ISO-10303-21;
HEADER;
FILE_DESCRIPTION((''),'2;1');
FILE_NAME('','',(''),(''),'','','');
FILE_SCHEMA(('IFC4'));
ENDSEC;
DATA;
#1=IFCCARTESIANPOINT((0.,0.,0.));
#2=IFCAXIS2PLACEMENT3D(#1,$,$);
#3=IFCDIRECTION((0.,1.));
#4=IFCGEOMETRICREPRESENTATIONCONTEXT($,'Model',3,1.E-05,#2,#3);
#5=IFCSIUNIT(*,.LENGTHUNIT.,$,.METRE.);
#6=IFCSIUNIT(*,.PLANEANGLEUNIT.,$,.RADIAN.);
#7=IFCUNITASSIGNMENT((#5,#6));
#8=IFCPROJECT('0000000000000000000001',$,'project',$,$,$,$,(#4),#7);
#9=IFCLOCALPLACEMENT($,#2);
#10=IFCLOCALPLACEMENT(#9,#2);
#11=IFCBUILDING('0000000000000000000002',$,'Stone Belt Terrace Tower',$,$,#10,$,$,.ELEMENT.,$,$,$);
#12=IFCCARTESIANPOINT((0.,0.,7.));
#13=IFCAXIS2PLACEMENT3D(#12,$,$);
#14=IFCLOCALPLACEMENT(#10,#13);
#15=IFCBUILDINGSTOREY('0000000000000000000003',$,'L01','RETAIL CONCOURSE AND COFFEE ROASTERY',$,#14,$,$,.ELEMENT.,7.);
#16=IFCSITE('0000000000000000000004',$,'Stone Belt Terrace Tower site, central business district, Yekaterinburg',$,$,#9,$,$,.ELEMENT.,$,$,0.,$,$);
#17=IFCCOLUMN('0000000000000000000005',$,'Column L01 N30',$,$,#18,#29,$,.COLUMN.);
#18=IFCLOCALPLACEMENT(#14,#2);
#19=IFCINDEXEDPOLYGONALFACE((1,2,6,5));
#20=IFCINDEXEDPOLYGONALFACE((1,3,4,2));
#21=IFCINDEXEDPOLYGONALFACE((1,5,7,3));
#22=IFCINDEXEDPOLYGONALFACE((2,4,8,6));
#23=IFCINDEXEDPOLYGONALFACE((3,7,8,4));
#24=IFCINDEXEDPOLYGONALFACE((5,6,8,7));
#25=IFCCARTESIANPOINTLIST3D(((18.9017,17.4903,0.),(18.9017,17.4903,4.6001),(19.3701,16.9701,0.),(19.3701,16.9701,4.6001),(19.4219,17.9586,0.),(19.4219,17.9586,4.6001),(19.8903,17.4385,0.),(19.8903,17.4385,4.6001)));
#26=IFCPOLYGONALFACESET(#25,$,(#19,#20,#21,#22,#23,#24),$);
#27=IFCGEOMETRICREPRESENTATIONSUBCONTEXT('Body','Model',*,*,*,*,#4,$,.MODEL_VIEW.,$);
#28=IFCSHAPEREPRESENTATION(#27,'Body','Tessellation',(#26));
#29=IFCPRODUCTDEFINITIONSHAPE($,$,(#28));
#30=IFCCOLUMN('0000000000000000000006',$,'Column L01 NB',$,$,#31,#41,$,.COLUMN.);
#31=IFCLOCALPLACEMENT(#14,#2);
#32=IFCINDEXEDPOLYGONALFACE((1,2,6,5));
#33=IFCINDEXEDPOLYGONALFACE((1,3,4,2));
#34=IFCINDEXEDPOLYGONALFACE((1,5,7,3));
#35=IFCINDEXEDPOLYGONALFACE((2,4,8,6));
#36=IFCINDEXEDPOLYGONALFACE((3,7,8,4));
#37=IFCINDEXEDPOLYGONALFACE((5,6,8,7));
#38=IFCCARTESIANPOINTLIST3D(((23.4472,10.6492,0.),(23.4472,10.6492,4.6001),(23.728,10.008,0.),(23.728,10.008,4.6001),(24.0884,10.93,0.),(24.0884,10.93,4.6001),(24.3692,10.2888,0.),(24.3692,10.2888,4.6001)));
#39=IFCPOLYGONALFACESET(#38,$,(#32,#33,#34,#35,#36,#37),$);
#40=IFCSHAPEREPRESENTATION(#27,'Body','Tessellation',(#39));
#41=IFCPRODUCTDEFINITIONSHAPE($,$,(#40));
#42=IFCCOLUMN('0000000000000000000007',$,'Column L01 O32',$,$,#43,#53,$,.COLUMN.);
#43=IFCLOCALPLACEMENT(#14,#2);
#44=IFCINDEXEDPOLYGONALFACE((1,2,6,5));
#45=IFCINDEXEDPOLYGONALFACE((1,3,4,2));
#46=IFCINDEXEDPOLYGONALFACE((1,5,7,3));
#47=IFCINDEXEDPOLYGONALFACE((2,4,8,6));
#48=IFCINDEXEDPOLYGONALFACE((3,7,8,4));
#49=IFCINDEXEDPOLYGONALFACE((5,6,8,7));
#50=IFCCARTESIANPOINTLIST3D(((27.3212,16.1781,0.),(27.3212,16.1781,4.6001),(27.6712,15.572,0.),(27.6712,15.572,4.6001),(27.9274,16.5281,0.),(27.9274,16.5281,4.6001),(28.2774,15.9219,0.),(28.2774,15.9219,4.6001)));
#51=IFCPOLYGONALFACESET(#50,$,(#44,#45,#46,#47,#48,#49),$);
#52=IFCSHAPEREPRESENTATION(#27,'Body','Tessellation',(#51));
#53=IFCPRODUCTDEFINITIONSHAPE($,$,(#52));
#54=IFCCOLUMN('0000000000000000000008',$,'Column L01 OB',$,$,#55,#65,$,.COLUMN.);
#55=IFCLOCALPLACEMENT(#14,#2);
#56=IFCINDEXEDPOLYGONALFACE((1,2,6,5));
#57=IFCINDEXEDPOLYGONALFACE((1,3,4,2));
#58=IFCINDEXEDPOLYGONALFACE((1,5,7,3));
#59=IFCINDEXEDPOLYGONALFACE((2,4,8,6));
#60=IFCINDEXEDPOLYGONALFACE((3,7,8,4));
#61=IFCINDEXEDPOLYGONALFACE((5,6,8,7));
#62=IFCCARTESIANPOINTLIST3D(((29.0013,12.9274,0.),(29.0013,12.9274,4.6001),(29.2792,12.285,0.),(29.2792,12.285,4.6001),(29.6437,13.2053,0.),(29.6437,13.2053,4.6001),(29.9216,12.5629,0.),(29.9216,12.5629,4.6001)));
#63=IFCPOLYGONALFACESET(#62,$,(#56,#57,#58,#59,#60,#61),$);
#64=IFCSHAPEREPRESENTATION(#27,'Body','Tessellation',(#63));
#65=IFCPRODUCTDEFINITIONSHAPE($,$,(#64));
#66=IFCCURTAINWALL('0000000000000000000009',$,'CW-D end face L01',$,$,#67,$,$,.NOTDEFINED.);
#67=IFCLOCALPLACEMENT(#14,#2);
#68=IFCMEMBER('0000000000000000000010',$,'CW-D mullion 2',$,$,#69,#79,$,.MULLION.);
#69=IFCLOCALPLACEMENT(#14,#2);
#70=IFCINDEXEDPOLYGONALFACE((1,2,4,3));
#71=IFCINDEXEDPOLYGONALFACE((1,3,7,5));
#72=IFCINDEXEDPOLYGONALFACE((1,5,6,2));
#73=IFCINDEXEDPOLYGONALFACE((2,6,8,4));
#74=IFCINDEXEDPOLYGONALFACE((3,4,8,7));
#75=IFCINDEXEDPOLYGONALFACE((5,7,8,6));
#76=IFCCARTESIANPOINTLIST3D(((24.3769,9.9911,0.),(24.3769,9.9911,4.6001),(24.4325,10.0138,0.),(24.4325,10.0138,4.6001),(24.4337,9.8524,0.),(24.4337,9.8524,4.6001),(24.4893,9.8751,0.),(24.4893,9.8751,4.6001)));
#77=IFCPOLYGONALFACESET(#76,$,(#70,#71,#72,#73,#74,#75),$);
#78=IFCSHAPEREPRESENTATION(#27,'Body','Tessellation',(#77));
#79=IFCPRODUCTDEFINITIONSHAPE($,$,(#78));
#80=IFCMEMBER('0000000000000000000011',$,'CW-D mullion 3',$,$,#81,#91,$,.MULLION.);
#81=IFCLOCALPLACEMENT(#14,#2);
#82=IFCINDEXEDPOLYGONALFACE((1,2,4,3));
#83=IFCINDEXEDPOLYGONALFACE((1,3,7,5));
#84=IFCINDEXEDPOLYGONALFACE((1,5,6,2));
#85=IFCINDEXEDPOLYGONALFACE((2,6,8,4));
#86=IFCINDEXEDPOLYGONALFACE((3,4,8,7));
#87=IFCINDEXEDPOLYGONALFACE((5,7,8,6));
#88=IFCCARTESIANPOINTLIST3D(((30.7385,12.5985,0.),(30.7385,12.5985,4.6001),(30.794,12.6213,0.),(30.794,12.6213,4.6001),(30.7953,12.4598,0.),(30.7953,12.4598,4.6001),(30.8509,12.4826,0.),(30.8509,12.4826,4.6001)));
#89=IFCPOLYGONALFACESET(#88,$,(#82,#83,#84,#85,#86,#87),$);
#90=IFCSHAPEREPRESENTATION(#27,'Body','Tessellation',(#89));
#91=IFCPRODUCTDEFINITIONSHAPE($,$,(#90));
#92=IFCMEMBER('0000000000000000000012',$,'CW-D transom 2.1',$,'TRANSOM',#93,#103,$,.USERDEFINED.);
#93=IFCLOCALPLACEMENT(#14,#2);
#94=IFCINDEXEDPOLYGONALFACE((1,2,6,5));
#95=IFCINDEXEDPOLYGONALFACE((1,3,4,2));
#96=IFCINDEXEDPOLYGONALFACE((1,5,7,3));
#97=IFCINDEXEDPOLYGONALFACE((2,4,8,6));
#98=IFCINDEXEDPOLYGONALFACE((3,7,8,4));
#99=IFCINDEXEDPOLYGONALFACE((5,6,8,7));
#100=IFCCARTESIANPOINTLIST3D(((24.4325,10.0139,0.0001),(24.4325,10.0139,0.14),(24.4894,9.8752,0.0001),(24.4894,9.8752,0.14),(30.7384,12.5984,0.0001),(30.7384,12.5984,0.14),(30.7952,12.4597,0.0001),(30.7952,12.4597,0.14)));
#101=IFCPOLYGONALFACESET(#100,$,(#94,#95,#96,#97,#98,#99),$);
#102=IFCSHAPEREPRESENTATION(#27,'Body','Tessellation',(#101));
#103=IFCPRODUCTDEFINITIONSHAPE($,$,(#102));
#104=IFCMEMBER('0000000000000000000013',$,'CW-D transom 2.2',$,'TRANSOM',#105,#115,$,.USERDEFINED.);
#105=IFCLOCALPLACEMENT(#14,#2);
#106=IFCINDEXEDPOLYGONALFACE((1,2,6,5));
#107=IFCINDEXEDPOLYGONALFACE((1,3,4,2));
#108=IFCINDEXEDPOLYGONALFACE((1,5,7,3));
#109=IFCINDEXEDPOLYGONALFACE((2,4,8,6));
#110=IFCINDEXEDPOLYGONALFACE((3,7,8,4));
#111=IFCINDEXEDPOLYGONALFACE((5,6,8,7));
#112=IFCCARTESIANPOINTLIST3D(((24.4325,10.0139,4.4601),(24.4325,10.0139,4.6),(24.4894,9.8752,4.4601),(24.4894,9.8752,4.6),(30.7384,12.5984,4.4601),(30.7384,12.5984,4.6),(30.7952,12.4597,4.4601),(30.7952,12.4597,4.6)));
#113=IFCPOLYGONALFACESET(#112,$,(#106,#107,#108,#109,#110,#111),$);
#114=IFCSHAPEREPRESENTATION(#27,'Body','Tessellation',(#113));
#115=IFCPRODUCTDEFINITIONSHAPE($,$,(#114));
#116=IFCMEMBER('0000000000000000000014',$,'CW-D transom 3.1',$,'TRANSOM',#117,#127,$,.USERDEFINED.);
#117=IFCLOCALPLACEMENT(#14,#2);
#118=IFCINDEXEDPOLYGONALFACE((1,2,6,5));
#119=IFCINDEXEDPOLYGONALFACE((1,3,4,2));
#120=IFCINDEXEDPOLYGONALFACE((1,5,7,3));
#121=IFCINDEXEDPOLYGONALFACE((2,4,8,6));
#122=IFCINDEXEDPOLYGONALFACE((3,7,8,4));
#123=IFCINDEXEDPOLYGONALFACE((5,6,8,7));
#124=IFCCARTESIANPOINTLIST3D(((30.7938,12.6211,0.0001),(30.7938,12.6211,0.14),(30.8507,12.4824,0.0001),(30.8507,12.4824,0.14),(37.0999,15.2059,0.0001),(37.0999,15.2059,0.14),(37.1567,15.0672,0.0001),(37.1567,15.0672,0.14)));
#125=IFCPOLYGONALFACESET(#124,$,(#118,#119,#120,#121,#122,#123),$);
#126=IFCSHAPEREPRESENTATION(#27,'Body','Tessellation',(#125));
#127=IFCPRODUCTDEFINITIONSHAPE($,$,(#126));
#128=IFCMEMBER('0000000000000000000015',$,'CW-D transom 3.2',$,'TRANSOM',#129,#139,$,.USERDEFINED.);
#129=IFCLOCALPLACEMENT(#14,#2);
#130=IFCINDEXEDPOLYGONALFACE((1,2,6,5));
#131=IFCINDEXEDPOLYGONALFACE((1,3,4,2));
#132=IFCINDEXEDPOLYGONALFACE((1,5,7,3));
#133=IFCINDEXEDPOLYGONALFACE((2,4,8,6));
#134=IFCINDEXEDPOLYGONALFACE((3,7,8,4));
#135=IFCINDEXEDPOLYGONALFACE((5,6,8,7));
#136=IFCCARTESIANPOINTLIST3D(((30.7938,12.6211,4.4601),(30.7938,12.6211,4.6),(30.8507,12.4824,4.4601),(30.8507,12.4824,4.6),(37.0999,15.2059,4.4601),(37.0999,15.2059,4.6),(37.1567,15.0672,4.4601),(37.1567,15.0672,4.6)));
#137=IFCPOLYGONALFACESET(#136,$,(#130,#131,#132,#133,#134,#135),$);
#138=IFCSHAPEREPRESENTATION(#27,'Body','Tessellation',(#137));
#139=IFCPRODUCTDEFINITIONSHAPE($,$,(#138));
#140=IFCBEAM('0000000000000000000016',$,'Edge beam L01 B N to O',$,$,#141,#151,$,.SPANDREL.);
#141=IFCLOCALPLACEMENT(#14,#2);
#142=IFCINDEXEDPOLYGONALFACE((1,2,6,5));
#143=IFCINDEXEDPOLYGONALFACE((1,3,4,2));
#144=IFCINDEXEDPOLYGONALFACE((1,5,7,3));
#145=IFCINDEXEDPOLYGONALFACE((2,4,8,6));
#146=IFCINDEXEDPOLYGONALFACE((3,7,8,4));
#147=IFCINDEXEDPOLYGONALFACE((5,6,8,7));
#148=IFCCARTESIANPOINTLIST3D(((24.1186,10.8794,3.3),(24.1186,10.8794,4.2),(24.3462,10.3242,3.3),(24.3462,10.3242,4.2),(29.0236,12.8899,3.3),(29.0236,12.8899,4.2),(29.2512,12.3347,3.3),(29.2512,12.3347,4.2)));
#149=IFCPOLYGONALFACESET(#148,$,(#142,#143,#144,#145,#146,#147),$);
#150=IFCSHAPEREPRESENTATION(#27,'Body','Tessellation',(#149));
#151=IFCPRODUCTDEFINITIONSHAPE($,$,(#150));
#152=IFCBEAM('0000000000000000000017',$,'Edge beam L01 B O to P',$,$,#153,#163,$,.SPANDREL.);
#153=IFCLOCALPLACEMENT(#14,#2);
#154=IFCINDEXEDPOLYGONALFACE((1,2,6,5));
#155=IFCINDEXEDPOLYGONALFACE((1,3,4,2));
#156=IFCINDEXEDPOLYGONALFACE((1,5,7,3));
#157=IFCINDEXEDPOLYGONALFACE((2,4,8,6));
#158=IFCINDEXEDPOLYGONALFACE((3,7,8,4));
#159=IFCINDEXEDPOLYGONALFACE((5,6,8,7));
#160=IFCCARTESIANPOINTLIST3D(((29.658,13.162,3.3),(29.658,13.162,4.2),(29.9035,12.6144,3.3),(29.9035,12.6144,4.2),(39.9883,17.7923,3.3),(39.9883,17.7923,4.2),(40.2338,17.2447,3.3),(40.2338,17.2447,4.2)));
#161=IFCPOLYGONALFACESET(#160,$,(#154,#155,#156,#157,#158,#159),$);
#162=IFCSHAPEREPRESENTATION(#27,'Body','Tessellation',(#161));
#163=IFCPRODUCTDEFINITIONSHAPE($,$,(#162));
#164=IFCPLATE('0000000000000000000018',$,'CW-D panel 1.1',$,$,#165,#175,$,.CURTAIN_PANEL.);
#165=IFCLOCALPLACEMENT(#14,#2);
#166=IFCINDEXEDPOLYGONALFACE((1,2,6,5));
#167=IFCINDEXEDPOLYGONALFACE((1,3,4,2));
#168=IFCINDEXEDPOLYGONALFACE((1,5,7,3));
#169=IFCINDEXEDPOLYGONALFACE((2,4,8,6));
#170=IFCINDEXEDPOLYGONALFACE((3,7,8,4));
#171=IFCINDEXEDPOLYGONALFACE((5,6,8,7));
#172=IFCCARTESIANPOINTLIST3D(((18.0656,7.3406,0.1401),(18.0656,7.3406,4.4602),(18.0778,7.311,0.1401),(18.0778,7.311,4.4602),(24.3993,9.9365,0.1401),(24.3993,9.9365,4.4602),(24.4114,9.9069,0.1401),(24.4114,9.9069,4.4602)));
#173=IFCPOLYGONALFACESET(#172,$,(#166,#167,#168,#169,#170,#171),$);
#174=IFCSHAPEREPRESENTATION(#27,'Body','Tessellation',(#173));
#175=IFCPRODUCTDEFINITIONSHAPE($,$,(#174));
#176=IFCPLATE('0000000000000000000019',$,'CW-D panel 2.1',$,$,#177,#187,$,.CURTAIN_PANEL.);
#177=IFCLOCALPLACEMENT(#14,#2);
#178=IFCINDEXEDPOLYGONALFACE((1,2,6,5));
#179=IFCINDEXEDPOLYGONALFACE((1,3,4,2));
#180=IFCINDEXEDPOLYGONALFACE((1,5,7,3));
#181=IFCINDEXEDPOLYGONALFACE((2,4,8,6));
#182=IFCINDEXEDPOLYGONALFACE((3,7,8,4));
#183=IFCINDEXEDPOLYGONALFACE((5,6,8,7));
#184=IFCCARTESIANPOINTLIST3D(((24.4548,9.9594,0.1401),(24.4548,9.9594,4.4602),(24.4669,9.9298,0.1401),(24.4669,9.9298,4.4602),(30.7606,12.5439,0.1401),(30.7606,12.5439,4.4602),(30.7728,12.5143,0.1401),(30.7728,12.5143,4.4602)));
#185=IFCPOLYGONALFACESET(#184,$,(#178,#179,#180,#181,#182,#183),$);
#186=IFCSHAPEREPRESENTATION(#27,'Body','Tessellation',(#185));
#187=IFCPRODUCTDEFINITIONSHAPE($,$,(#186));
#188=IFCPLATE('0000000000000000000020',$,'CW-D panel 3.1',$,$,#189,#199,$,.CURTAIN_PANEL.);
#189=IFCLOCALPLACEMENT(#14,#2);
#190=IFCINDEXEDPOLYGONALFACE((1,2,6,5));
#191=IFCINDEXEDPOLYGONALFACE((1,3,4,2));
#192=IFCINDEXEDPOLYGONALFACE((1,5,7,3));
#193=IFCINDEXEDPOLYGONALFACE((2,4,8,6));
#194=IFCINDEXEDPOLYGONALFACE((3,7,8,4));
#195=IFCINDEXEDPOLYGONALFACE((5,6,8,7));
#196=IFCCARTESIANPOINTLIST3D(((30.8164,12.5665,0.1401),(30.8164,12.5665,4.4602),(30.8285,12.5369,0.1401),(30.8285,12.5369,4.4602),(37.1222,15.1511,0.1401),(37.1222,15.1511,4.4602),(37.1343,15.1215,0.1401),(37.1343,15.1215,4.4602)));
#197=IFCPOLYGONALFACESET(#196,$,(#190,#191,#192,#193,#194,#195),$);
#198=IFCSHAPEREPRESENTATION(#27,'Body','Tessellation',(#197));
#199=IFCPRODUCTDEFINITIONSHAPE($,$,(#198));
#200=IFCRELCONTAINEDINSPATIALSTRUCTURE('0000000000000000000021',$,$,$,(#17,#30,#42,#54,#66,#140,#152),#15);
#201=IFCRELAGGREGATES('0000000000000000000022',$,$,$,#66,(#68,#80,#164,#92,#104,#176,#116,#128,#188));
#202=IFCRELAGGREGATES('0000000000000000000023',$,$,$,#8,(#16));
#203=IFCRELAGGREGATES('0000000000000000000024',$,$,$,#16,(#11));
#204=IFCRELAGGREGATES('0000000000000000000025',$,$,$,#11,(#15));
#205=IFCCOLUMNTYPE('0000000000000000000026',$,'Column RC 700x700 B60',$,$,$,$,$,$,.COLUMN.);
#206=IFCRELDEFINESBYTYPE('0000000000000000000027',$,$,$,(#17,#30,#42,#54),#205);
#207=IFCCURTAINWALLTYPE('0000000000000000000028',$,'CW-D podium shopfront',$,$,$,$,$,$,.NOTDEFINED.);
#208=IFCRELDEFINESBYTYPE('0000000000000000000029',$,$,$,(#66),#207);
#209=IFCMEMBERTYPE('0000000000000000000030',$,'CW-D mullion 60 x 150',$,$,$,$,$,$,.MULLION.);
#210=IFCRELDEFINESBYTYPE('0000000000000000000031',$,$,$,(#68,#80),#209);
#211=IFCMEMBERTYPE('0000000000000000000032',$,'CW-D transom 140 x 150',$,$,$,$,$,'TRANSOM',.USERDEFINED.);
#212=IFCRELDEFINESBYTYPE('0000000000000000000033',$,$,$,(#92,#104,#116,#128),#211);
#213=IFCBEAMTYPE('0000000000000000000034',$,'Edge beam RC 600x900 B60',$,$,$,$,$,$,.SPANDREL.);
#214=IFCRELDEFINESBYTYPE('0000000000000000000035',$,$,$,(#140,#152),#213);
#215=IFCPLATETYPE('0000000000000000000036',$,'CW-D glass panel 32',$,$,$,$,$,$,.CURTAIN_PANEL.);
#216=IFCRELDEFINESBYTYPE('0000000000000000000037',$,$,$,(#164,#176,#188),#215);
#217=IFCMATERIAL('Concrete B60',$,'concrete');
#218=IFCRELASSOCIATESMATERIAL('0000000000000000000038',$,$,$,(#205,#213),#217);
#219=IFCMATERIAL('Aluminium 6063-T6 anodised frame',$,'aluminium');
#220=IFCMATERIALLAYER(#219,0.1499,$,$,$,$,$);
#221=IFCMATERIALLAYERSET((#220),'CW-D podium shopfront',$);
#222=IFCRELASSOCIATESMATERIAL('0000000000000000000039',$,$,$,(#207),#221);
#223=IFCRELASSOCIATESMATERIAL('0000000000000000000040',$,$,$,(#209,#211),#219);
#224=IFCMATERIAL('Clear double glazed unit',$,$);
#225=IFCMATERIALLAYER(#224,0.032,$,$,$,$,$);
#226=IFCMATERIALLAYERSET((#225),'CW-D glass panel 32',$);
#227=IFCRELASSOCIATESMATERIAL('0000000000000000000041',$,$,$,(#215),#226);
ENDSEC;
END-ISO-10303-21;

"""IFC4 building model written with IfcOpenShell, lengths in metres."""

from ifc_helpers import new_model, si_unit, direction, frame, origin, origin_2d, place, context, subcontext, project, spatial, rectangle, extrude, material, layer, layer_set, material_profile, profile_set, type_object, element, aggregate, save


model = new_model("IFC4")

# Units and contexts
model_context = context("Model", 3, precision=1e-05, world=origin(), true_north=direction((0.0, 1.0)))
body_context = subcontext(model_context, "Body", "Model", "MODEL_VIEW")
ifc_project = project(units=[si_unit("LENGTHUNIT", "METRE"), si_unit("PLANEANGLEUNIT", "RADIAN")], contexts=[model_context])

# Site, building, storey
site_placement = place(None, origin())
site = spatial("IfcSite", under=ifc_project, at=site_placement, Name="Stone Belt Terrace Tower site, central business district, Yekaterinburg", CompositionType="ELEMENT", RefElevation=0.0)
building_placement = place(site_placement, origin())
building = spatial("IfcBuilding", under=site, at=building_placement, Name="Stone Belt Terrace Tower", CompositionType="ELEMENT")
storey_placement = place(building_placement, frame((0.0, 0.0, 7.0)))
storey = spatial("IfcBuildingStorey", under=building, at=storey_placement, Name="L01", Description="RETAIL CONCOURSE AND COFFEE ROASTERY", CompositionType="ELEMENT", Elevation=7.0)

# Columns
ifc_material_1 = material(Name="Concrete B60", Category="concrete")
ifc_material_profile_1 = material_profile(ifc_material_1, rectangle(XDim=0.7, YDim=0.7, at=origin_2d()), Name="RC 700x700")
ifc_profile_set_1 = profile_set([ifc_material_profile_1], Name="Concrete B60")
column_type = type_object("IfcColumnType", Name="Column RC 700x700 B60", PredefinedType="COLUMN", material=ifc_profile_set_1)
for number, where, z_axis, x_axis, name in (
    (1, (19.396, 17.4644, 0.0), (0.0, 0.0, 1.0), (0.669131, -0.743145, 0.0), "Column L01 N30"),
    (2, (23.9082, 10.469, 0.0), (0.0, 0.0, 1.0), (0.401115, -0.916028, 0.0), "Column L01 NB"),
    (3, (27.7993, 16.05, 0.0), (0.0, 0.0, 1.0), (0.5, -0.866025, 0.0), "Column L01 O32"),
    (4, (29.4614, 12.7451, 0.0), (0.0, 0.0, 1.0), (0.397044, -0.9178, 0.0), "Column L01 OB"),
):
    element("IfcColumn", number, at=place(storey_placement, frame(where, z_axis=z_axis, x_axis=x_axis)), inside=storey, type_object=column_type, Name=name, PredefinedType="COLUMN", context=body_context, shape_type="SweptSolid", body=[
        extrude(rectangle(XDim=0.7, YDim=0.7, at=origin_2d()), origin(), (0.0, 0.0, 1.0), 4.6001),
    ])

# Curtain wall, members
ifc_material_2 = material(Name="Aluminium 6063-T6 anodised frame", Category="aluminium")
ifc_layer_1 = layer(ifc_material_2, 0.1499)
ifc_layer_set_1 = layer_set([ifc_layer_1], Name="CW-D podium shopfront")
curtain_wall_type = type_object("IfcCurtainWallType", Name="CW-D podium shopfront", PredefinedType="NOTDEFINED", material=ifc_layer_set_1)
curtain_wall_placement = place(storey_placement, origin())
curtain_wall = element("IfcCurtainWall", 5, at=curtain_wall_placement, inside=storey, type_object=curtain_wall_type, Name="CW-D end face L01", PredefinedType="NOTDEFINED")
ifc_material_profile_2 = material_profile(ifc_material_2, rectangle(XDim=0.1499, YDim=0.0601, at=origin_2d()), Name="Aluminium 6063-T6 60x150")
ifc_profile_set_2 = profile_set([ifc_material_profile_2], Name="Aluminium 6063-T6 anodised frame")
member_type_1 = type_object("IfcMemberType", Name="CW-D mullion 60 x 150", PredefinedType="MULLION", material=ifc_profile_set_2)
member_1_placement = place(storey_placement, frame((24.4331, 9.9331, 0.0), z_axis=(0.0, 0.0, 1.0), x_axis=(-0.379243, 0.925297, 0.0)))
member_1 = element("IfcMember", 6, at=member_1_placement, type_object=member_type_1, Name="CW-D mullion 2", PredefinedType="MULLION", context=body_context, shape_type="SweptSolid", body=[
    extrude(rectangle(XDim=0.1499, YDim=0.0601, at=origin_2d()), origin(), (0.0, 0.0, 1.0), 4.6001),
])
member_2_placement = place(storey_placement, frame((30.7947, 12.5405, 0.0), z_axis=(0.0, 0.0, 1.0), x_axis=(-0.379243, 0.925297, 0.0)))
member_2 = element("IfcMember", 7, at=member_2_placement, type_object=member_type_1, Name="CW-D mullion 3", PredefinedType="MULLION", context=body_context, shape_type="SweptSolid", body=[
    extrude(rectangle(XDim=0.1499, YDim=0.0601, at=origin_2d()), origin(), (0.0, 0.0, 1.0), 4.6001),
])
ifc_material_profile_3 = material_profile(ifc_material_2, rectangle(XDim=0.1499, YDim=0.1399, at=origin_2d()), Name="Aluminium 6063-T6 150x140")
ifc_profile_set_3 = profile_set([ifc_material_profile_3], Name="Aluminium 6063-T6 anodised frame")
member_type_2 = type_object("IfcMemberType", Name="CW-D transom 140 x 150", ElementType="TRANSOM", PredefinedType="USERDEFINED", material=ifc_profile_set_3)
member_3_placement = place(storey_placement, frame((24.4609, 9.9446, 0.0701), z_axis=(0.925301, 0.379234, 0.0), x_axis=(-0.379234, 0.925301, 0.0)))
member_3 = element("IfcMember", 8, at=member_3_placement, type_object=member_type_2, Name="CW-D transom 2.1", ObjectType="TRANSOM", PredefinedType="USERDEFINED", context=body_context, shape_type="SweptSolid", body=[
    extrude(rectangle(XDim=0.1499, YDim=0.1399, at=origin_2d()), origin(), (0.0, 0.0, 1.0), 6.8149),
])
member_4_placement = place(storey_placement, frame((24.4609, 9.9446, 4.53), z_axis=(0.925301, 0.379234, 0.0), x_axis=(-0.379234, 0.925301, 0.0)))
member_4 = element("IfcMember", 9, at=member_4_placement, type_object=member_type_2, Name="CW-D transom 2.2", ObjectType="TRANSOM", PredefinedType="USERDEFINED", context=body_context, shape_type="SweptSolid", body=[
    extrude(rectangle(XDim=0.1499, YDim=0.1399, at=origin_2d()), origin(), (0.0, 0.0, 1.0), 6.8149),
])
member_5_placement = place(storey_placement, frame((30.8223, 12.5518, 0.0701), z_axis=(0.925288, 0.379265, 0.0), x_axis=(-0.379265, 0.925288, 0.0)))
member_5 = element("IfcMember", 10, at=member_5_placement, type_object=member_type_2, Name="CW-D transom 3.1", ObjectType="TRANSOM", PredefinedType="USERDEFINED", context=body_context, shape_type="SweptSolid", body=[
    extrude(rectangle(XDim=0.1499, YDim=0.1399, at=origin_2d()), origin(), (0.0, 0.0, 1.0), 6.8152),
])
member_6_placement = place(storey_placement, frame((30.8223, 12.5518, 4.53), z_axis=(0.925288, 0.379265, 0.0), x_axis=(-0.379265, 0.925288, 0.0)))
member_6 = element("IfcMember", 11, at=member_6_placement, type_object=member_type_2, Name="CW-D transom 3.2", ObjectType="TRANSOM", PredefinedType="USERDEFINED", context=body_context, shape_type="SweptSolid", body=[
    extrude(rectangle(XDim=0.1499, YDim=0.1399, at=origin_2d()), origin(), (0.0, 0.0, 1.0), 6.8152),
])

# Beams
ifc_material_profile_4 = material_profile(ifc_material_1, rectangle(XDim=0.6001, YDim=0.8999, at=origin_2d()), Name="RC 600x900")
ifc_profile_set_4 = profile_set([ifc_material_profile_4], Name="Concrete B60")
beam_type = type_object("IfcBeamType", Name="Edge beam RC 600x900 B60", PredefinedType="SPANDREL", material=ifc_profile_set_4)
beam_1_placement = place(storey_placement, frame((24.2324, 10.6018, 3.75), z_axis=(0.925289, 0.379262, 0.0), x_axis=(-0.379262, 0.925289, 0.0)))
element("IfcBeam", 12, at=beam_1_placement, inside=storey, type_object=beam_type, Name="Edge beam L01 B N to O", PredefinedType="SPANDREL", context=body_context, shape_type="SweptSolid", body=[
    extrude(rectangle(XDim=0.6001, YDim=0.8999, at=origin_2d()), origin(), (0.0, 0.0, 1.0), 5.301),
])
beam_2_placement = place(storey_placement, frame((29.7808, 12.8882, 3.75), z_axis=(0.912525, 0.409022, 0.0), x_axis=(-0.409022, 0.912525, 0.0)))
element("IfcBeam", 13, at=beam_2_placement, inside=storey, type_object=beam_type, Name="Edge beam L01 B O to P", PredefinedType="SPANDREL", context=body_context, shape_type="SweptSolid", body=[
    extrude(rectangle(XDim=0.6001, YDim=0.8999, at=origin_2d()), origin(), (0.0, 0.0, 1.0), 11.3206),
])

# Plates
ifc_material_3 = material(Name="Clear double glazed unit")
ifc_layer_2 = layer(ifc_material_3, 0.032)
ifc_layer_set_2 = layer_set([ifc_layer_2], Name="CW-D glass panel 32")
plate_type = type_object("IfcPlateType", Name="CW-D glass panel 32", PredefinedType="CURTAIN_PANEL", material=ifc_layer_set_2)
plate_1_placement = place(storey_placement, frame((21.2385, 8.6238, 0.1401), z_axis=(0.0, 0.0, 1.0), x_axis=(0.925297, 0.379243, 0.0)))
plate_1 = element("IfcPlate", 14, at=plate_1_placement, type_object=plate_type, Name="CW-D panel 1.1", PredefinedType="CURTAIN_PANEL", context=body_context, shape_type="SweptSolid", body=[
    extrude(rectangle(XDim=6.845, YDim=0.032, at=origin_2d()), origin(), (0.0, 0.0, 1.0), 4.3201),
])
plate_2_placement = place(storey_placement, frame((27.6138, 11.2368, 0.1401), z_axis=(0.0, 0.0, 1.0), x_axis=(0.925297, 0.379243, 0.0)))
plate_2 = element("IfcPlate", 15, at=plate_2_placement, type_object=plate_type, Name="CW-D panel 2.1", PredefinedType="CURTAIN_PANEL", context=body_context, shape_type="SweptSolid", body=[
    extrude(rectangle(XDim=6.8149, YDim=0.032, at=origin_2d()), origin(), (0.0, 0.0, 1.0), 4.3201),
])
plate_3_placement = place(storey_placement, frame((33.9753, 13.844, 0.1401), z_axis=(0.0, 0.0, 1.0), x_axis=(0.925297, 0.379243, 0.0)))
plate_3 = element("IfcPlate", 16, at=plate_3_placement, type_object=plate_type, Name="CW-D panel 3.1", PredefinedType="CURTAIN_PANEL", context=body_context, shape_type="SweptSolid", body=[
    extrude(rectangle(XDim=6.8149, YDim=0.032, at=origin_2d()), origin(), (0.0, 0.0, 1.0), 4.3201),
])
aggregate(curtain_wall, [member_1, member_2, plate_1, member_3, member_4, plate_2, member_5, member_6, plate_3])

save(model, "model.ifc")
